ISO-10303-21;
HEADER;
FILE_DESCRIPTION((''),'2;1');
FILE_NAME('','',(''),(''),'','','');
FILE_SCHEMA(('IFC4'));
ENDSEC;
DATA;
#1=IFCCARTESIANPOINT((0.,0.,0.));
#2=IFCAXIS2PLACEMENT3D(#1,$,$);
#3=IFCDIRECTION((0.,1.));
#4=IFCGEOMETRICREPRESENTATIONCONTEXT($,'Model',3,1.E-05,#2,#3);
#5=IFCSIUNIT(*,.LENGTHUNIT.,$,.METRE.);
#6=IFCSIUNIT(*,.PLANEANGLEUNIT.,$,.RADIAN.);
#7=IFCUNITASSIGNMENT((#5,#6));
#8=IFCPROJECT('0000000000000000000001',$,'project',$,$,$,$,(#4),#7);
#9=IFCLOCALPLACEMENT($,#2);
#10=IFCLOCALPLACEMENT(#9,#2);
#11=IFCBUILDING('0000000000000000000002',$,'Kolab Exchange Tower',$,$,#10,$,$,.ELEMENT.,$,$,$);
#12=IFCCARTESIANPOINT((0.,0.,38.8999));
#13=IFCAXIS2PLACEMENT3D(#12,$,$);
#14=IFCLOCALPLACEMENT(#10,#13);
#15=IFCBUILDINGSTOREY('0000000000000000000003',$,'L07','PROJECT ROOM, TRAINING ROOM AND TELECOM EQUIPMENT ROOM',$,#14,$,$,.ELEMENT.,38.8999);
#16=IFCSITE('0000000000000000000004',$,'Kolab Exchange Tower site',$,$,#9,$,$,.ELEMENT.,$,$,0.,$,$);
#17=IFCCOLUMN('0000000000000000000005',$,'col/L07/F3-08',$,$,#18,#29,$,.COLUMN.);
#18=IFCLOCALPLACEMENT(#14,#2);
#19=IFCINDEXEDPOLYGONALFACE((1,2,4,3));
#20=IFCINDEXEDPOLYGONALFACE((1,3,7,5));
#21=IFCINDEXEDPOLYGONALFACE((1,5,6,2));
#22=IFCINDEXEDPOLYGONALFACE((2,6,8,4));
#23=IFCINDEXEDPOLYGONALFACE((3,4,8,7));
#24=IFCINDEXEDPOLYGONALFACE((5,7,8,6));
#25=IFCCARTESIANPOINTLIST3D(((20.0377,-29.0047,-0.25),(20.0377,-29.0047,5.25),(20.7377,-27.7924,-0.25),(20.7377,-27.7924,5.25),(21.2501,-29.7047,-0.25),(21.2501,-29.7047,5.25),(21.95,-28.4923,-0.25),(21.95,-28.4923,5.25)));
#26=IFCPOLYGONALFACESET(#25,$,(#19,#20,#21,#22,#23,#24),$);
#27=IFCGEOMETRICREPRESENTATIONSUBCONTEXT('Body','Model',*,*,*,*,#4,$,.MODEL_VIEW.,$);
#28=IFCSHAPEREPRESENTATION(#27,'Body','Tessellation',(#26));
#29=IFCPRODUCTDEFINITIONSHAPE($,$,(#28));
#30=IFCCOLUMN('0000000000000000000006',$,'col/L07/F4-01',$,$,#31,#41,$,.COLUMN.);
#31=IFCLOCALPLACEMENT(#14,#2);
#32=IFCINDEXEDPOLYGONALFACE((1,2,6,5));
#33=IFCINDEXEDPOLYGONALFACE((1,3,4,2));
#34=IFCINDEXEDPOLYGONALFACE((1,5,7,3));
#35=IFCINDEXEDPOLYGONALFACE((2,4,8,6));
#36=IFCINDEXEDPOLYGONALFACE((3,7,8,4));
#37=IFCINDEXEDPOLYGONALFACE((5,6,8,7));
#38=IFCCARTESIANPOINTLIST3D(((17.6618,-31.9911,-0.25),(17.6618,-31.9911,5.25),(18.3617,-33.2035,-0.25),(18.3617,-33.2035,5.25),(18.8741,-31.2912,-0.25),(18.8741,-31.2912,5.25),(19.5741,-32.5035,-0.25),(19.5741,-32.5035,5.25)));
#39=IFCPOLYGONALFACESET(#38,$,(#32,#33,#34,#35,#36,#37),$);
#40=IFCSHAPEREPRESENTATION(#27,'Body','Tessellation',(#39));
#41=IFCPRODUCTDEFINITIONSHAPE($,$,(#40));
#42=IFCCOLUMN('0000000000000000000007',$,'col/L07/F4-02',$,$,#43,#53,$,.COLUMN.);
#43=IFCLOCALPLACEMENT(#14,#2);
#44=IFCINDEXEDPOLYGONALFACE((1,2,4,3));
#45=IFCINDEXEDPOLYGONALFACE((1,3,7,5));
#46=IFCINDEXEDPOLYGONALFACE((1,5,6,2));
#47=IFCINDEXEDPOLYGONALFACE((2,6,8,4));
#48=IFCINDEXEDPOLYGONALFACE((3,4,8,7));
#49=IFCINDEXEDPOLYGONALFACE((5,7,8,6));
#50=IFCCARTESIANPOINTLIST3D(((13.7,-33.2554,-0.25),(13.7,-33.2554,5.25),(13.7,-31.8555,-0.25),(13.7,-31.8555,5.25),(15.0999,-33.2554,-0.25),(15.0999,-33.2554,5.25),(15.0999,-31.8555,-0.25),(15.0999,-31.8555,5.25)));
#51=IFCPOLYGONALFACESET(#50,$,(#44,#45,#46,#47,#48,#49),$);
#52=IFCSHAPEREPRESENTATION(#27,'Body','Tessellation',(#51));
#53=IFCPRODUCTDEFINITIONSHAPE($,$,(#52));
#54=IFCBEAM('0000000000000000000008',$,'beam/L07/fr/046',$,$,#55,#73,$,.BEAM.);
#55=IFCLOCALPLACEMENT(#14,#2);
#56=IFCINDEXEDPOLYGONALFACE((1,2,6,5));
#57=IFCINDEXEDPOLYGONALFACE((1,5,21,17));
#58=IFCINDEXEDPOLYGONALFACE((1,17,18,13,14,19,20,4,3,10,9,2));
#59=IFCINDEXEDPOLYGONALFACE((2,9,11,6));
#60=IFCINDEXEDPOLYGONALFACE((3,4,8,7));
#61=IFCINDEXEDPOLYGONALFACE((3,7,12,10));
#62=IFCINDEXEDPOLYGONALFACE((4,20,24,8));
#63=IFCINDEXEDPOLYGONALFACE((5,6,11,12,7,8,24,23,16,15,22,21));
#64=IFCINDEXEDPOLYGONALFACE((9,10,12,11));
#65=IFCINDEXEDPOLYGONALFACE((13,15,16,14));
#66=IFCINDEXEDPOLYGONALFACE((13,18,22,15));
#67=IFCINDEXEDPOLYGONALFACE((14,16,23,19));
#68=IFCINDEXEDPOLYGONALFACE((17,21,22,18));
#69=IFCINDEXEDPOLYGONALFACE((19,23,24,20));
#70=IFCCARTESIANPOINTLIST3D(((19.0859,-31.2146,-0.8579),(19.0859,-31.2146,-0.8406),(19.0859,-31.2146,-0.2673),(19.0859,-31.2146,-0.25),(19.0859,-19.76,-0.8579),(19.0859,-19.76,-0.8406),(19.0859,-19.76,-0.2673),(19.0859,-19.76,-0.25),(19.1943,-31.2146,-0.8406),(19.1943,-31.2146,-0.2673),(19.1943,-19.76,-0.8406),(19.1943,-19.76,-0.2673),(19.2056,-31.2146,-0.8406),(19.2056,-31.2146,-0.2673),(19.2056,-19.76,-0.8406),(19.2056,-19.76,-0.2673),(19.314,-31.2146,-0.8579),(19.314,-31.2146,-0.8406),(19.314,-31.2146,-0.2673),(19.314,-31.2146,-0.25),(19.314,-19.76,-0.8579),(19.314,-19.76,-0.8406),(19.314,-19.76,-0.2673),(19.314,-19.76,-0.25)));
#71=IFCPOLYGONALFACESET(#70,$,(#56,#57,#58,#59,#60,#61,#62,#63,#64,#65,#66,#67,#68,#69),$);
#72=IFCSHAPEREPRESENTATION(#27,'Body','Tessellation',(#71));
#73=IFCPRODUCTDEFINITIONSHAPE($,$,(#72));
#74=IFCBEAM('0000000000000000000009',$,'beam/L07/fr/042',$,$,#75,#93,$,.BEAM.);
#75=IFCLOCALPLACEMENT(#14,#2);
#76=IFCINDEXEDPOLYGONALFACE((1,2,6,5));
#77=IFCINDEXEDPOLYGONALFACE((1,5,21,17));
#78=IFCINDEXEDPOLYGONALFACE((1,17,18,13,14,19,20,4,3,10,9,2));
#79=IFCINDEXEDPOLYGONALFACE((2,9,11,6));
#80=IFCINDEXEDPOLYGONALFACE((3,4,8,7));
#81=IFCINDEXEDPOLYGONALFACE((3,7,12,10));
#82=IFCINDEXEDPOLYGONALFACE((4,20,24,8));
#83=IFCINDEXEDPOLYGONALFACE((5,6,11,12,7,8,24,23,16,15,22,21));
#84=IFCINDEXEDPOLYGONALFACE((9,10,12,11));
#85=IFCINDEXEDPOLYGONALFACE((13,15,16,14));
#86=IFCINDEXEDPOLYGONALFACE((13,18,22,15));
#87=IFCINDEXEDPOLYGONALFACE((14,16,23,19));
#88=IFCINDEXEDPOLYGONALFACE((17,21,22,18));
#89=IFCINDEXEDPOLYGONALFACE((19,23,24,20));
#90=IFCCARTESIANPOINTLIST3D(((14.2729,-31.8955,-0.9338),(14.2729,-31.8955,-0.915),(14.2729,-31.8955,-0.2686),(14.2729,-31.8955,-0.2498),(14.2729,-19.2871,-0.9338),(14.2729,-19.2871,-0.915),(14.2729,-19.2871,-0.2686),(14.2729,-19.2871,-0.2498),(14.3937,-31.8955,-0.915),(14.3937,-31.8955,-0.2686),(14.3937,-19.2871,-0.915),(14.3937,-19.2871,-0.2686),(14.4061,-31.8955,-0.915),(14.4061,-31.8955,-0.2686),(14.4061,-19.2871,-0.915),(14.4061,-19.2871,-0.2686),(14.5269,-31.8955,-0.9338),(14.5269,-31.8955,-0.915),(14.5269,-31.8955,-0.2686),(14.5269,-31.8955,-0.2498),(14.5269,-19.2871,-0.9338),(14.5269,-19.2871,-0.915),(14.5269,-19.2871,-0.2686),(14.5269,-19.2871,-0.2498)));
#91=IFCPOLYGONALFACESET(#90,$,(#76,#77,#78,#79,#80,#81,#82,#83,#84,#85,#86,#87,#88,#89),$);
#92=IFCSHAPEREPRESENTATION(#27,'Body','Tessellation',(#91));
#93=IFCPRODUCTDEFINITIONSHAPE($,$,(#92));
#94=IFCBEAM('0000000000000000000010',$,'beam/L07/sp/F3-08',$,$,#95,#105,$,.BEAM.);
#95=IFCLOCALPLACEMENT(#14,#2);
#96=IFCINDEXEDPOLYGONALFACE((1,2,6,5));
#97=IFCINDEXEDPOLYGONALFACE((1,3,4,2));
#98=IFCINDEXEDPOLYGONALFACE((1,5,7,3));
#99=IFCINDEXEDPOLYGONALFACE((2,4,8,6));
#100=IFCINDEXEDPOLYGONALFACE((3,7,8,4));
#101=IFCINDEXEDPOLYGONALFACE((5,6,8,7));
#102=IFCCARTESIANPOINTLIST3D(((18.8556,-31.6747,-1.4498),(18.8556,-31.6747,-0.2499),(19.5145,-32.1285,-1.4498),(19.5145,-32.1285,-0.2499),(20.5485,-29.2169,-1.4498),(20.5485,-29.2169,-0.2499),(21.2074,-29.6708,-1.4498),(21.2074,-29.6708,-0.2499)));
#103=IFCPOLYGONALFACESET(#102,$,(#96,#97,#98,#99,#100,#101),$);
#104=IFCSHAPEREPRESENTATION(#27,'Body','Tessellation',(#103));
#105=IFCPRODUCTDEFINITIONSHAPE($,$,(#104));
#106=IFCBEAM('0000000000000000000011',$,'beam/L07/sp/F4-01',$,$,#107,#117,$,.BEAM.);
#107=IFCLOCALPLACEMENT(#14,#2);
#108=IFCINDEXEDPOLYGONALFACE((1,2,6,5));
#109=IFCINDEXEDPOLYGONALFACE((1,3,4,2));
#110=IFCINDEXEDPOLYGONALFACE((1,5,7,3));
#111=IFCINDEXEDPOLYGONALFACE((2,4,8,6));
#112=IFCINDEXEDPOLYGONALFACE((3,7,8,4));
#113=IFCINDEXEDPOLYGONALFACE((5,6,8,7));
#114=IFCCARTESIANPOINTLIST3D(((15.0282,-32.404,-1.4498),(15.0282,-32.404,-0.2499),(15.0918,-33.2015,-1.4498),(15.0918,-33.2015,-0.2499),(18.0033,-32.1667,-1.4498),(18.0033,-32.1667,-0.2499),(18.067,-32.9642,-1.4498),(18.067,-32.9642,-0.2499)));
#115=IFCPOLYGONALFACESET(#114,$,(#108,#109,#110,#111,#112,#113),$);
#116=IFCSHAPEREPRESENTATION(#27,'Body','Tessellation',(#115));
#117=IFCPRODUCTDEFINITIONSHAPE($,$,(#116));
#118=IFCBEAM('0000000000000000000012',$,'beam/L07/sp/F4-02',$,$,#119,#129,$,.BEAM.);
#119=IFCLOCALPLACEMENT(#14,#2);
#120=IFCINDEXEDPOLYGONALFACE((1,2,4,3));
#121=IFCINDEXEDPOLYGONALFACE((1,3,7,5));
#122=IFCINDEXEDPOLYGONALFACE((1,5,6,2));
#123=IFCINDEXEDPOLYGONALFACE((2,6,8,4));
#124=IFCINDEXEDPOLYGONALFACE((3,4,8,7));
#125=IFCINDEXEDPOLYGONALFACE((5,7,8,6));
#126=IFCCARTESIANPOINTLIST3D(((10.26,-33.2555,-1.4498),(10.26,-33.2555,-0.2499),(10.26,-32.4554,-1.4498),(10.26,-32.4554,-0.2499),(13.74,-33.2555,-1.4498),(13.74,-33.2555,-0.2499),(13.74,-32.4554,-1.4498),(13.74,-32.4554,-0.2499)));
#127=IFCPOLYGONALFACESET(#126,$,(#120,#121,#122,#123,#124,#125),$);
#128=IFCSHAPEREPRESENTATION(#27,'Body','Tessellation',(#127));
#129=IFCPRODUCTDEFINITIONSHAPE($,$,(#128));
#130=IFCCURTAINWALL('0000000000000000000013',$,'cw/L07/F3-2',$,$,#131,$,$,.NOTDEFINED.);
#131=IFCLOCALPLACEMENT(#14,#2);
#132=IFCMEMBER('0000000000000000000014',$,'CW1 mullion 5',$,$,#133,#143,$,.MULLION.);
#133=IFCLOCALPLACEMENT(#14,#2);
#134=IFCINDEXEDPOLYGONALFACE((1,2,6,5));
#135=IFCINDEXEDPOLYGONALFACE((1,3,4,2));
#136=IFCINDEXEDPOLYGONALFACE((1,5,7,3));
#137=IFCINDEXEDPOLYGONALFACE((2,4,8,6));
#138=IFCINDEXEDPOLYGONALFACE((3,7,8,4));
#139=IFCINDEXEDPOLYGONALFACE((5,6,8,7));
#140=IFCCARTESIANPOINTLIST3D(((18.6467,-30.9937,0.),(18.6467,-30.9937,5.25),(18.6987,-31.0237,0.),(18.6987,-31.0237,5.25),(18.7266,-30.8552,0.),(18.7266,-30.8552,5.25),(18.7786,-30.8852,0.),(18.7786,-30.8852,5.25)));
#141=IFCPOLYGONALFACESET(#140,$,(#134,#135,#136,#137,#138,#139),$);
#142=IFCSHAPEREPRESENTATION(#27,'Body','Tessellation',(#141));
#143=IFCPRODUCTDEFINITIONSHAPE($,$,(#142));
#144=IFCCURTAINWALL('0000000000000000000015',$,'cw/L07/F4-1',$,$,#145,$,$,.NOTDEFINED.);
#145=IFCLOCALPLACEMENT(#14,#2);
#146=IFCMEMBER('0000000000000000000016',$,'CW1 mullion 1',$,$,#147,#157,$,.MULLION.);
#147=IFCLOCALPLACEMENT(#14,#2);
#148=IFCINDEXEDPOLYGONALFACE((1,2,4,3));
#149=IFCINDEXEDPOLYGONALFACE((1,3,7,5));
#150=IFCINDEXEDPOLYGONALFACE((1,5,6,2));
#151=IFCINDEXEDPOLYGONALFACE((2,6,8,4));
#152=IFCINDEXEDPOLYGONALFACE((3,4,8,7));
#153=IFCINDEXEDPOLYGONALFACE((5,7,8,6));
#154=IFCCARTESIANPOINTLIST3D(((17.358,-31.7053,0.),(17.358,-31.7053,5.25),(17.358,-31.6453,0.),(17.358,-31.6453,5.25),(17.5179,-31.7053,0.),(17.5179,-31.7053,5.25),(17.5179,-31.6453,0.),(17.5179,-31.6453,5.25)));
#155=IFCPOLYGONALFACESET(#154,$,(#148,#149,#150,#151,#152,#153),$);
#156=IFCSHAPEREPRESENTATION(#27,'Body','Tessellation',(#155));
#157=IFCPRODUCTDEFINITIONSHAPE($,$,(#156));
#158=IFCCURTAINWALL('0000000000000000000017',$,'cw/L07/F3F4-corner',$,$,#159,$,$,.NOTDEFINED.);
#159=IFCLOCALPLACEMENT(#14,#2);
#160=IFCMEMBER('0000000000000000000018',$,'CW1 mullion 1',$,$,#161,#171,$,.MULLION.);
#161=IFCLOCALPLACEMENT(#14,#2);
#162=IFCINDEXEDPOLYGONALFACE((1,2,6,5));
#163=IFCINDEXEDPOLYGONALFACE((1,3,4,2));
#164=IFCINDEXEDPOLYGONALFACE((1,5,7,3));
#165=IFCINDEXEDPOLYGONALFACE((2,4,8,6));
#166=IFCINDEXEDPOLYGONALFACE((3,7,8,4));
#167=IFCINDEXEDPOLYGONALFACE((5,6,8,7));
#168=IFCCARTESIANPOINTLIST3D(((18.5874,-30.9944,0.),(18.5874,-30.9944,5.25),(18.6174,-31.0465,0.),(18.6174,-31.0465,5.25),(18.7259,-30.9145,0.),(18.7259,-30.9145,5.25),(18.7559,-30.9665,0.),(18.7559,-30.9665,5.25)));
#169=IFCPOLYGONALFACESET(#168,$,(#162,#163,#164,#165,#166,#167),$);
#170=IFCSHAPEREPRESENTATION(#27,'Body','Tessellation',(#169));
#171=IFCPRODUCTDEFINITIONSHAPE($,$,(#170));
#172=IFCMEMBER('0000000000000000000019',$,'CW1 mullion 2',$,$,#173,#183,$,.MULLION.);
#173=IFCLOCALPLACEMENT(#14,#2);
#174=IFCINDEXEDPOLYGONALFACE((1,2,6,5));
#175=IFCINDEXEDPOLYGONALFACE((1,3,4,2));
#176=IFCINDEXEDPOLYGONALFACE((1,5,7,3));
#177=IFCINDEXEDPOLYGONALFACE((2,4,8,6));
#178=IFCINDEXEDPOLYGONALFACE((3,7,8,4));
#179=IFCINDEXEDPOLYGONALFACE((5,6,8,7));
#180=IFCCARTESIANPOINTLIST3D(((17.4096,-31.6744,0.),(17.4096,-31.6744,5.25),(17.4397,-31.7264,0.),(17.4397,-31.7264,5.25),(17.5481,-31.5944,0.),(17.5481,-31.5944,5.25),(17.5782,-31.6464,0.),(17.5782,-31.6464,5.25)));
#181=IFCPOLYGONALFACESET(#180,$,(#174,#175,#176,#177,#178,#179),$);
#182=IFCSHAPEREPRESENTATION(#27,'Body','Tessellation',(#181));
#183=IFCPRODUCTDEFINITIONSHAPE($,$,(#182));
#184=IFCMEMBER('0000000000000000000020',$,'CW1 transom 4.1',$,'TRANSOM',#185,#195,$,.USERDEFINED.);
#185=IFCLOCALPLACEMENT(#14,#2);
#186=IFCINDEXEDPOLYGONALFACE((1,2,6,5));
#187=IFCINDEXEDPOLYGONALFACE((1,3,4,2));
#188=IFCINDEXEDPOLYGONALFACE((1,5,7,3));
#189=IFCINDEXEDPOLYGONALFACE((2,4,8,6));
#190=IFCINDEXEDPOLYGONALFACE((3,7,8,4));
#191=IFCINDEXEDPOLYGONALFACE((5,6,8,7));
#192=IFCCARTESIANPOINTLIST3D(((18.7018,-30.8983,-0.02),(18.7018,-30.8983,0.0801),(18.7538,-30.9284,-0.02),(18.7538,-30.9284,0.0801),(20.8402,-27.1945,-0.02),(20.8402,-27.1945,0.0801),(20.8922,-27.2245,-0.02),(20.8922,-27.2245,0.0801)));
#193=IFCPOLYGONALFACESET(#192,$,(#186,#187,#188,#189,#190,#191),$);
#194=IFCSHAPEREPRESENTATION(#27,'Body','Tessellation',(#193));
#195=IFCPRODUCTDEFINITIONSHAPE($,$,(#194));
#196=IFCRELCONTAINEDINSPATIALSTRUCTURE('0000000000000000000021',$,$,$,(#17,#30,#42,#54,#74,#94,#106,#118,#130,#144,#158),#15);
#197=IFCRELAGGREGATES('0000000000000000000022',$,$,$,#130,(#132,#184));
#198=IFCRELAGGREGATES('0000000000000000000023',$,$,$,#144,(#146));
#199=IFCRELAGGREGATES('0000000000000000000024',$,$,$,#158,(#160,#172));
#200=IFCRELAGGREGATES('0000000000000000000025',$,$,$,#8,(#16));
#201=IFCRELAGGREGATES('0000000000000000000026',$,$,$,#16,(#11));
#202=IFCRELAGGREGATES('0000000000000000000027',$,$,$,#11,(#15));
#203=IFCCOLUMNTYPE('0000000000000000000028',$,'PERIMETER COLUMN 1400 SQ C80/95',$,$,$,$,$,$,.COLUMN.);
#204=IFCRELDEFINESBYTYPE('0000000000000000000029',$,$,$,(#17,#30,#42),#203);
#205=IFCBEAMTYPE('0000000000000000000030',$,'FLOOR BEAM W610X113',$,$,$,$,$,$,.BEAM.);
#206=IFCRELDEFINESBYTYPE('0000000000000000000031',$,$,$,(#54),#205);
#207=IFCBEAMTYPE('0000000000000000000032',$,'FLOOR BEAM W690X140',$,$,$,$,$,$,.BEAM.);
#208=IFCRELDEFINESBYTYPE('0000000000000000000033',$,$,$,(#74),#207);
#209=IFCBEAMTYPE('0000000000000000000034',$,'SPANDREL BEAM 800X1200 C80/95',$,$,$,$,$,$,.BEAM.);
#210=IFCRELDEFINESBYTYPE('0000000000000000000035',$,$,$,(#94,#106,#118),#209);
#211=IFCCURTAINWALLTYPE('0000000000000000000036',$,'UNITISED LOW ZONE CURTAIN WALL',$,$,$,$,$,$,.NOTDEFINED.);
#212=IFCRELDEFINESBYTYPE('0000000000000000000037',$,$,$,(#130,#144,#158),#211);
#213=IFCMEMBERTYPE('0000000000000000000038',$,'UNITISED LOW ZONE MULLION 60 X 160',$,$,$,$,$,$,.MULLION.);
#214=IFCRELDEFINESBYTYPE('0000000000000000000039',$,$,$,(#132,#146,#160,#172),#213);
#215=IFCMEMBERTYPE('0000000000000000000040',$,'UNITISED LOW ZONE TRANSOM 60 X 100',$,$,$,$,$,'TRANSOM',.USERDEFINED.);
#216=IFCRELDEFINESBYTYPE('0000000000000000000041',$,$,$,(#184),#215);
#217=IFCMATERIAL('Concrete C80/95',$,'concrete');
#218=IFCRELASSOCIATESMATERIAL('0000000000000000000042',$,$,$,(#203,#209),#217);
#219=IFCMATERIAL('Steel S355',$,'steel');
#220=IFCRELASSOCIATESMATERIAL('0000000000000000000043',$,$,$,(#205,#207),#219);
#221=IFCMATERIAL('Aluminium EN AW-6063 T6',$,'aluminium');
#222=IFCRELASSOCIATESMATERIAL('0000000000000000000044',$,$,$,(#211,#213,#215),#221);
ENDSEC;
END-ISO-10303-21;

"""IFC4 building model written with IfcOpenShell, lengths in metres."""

from ifc_helpers import new_model, si_unit, direction, frame, origin, origin_2d, place, context, subcontext, project, spatial, rectangle, i_section, extrude, material, material_profile, profile_set, type_object, element, aggregate, save


model = new_model("IFC4")

# Units and contexts
model_context = context("Model", 3, precision=1e-05, world=origin(), true_north=direction((0.0, 1.0)))
body_context = subcontext(model_context, "Body", "Model", "MODEL_VIEW")
ifc_project = project(units=[si_unit("LENGTHUNIT", "METRE"), si_unit("PLANEANGLEUNIT", "RADIAN")], contexts=[model_context])

# Site, building, storey
site_placement = place(None, origin())
site = spatial("IfcSite", under=ifc_project, at=site_placement, Name="Kolab Exchange Tower site", CompositionType="ELEMENT", RefElevation=0.0)
building_placement = place(site_placement, origin())
building = spatial("IfcBuilding", under=site, at=building_placement, Name="Kolab Exchange Tower", CompositionType="ELEMENT")
storey_placement = place(building_placement, frame((0.0, 0.0, 38.8999)))
storey = spatial("IfcBuildingStorey", under=building, at=storey_placement, Name="L07", Description="PROJECT ROOM, TRAINING ROOM AND TELECOM EQUIPMENT ROOM", CompositionType="ELEMENT", Elevation=38.8999)

# Columns
ifc_material_1 = material(Name="Concrete C80/95", Category="concrete")
ifc_material_profile_1 = material_profile(ifc_material_1, rectangle(XDim=1.3999, YDim=1.3999, at=origin_2d()), Name="RC1400")
ifc_profile_set_1 = profile_set([ifc_material_profile_1], Name="Concrete C80/95")
column_type = type_object("IfcColumnType", Name="PERIMETER COLUMN 1400 SQ C80/95", PredefinedType="COLUMN", material=ifc_profile_set_1)
for number, where, z_axis, x_axis, name in (
    (1, (20.9939, -28.7485, -0.25), (0.0, 0.0, 1.0), (0.5, 0.866025, 0.0), "col/L07/F3-08"),
    (2, (18.6179, -32.2473, -0.25), (0.0, 0.0, 1.0), (0.866025, 0.5, 0.0), "col/L07/F4-01"),
    (3, (14.3999, -32.5554, -0.25), (0.0, 0.0, 1.0), (1.0, 0.0, 0.0), "col/L07/F4-02"),
):
    element("IfcColumn", number, at=place(storey_placement, frame(where, z_axis=z_axis, x_axis=x_axis)), inside=storey, type_object=column_type, Name=name, PredefinedType="COLUMN", context=body_context, shape_type="SweptSolid", body=[
        extrude(rectangle(XDim=1.3999, YDim=1.3999, at=origin_2d()), origin(), (0.0, 0.0, 1.0), 5.5),
    ])

# Beams
ifc_material_2 = material(Name="Steel S355", Category="steel")
ifc_material_profile_2 = material_profile(ifc_material_2, i_section(OverallWidth=0.228, OverallDepth=0.6079, WebThickness=0.0112, FlangeThickness=0.0173, at=origin_2d()), Name="W610X113")
ifc_profile_set_2 = profile_set([ifc_material_profile_2], Name="Steel S355")
beam_type_1 = type_object("IfcBeamType", Name="FLOOR BEAM W610X113", PredefinedType="BEAM", material=ifc_profile_set_2)
beam_1_placement = place(storey_placement, frame((19.2, -31.2146, -0.554), z_axis=(0.0, 1.0, 0.0), x_axis=(-1.0, 0.0, 0.0)))
element("IfcBeam", 4, at=beam_1_placement, inside=storey, type_object=beam_type_1, Name="beam/L07/fr/046", PredefinedType="BEAM", context=body_context, shape_type="SweptSolid", body=[
    extrude(i_section(OverallWidth=0.228, OverallDepth=0.6079, WebThickness=0.0112, FlangeThickness=0.0173, at=origin_2d()), origin(), (0.0, 0.0, 1.0), 11.4546),
])
ifc_material_profile_3 = material_profile(ifc_material_2, i_section(OverallWidth=0.2539, OverallDepth=0.6841, WebThickness=0.0125, FlangeThickness=0.0188, at=origin_2d()), Name="W690X140")
ifc_profile_set_3 = profile_set([ifc_material_profile_3], Name="Steel S355")
beam_type_2 = type_object("IfcBeamType", Name="FLOOR BEAM W690X140", PredefinedType="BEAM", material=ifc_profile_set_3)
beam_2_placement = place(storey_placement, frame((14.3999, -31.8955, -0.5918), z_axis=(0.0, 1.0, 0.0), x_axis=(-1.0, 0.0, 0.0)))
element("IfcBeam", 5, at=beam_2_placement, inside=storey, type_object=beam_type_2, Name="beam/L07/fr/042", PredefinedType="BEAM", context=body_context, shape_type="SweptSolid", body=[
    extrude(i_section(OverallWidth=0.2539, OverallDepth=0.6841, WebThickness=0.0125, FlangeThickness=0.0188, at=origin_2d()), origin(), (0.0, 0.0, 1.0), 12.6084),
])
ifc_material_profile_4 = material_profile(ifc_material_1, rectangle(XDim=0.8, YDim=1.2, at=origin_2d()), Name="RC800X1200")
ifc_profile_set_4 = profile_set([ifc_material_profile_4], Name="Concrete C80/95")
beam_type_3 = type_object("IfcBeamType", Name="SPANDREL BEAM 800X1200 C80/95", PredefinedType="BEAM", material=ifc_profile_set_4)
beam_3_placement = place(storey_placement, frame((20.8779, -29.4438, -0.8499), z_axis=(-0.567247, -0.823548, 0.0), x_axis=(0.823548, -0.567247, 0.0)))
element("IfcBeam", 6, at=beam_3_placement, inside=storey, type_object=beam_type_3, Name="beam/L07/sp/F3-08", PredefinedType="BEAM", context=body_context, shape_type="SweptSolid", body=[
    extrude(rectangle(XDim=0.8, YDim=1.2, at=origin_2d()), origin(), (0.0, 0.0, 1.0), 2.9844),
])
beam_4_placement = place(storey_placement, frame((18.0352, -32.5654, -0.8499), z_axis=(-0.996834, -0.079511, 0.0), x_axis=(0.079511, -0.996834, 0.0)))
element("IfcBeam", 7, at=beam_4_placement, inside=storey, type_object=beam_type_3, Name="beam/L07/sp/F4-01", PredefinedType="BEAM", context=body_context, shape_type="SweptSolid", body=[
    extrude(rectangle(XDim=0.8, YDim=1.2, at=origin_2d()), origin(), (0.0, 0.0, 1.0), 2.9846),
])
beam_5_placement = place(storey_placement, frame((13.74, -32.8555, -0.8499), z_axis=(-1.0, 0.0, 0.0), x_axis=(0.0, -1.0, 0.0)))
element("IfcBeam", 8, at=beam_5_placement, inside=storey, type_object=beam_type_3, Name="beam/L07/sp/F4-02", PredefinedType="BEAM", context=body_context, shape_type="SweptSolid", body=[
    extrude(rectangle(XDim=0.8, YDim=1.2, at=origin_2d()), origin(), (0.0, 0.0, 1.0), 3.48),
])

# Curtain walls, members
ifc_material_3 = material(Name="Aluminium EN AW-6063 T6", Category="aluminium")
curtain_wall_type = type_object("IfcCurtainWallType", Name="UNITISED LOW ZONE CURTAIN WALL", PredefinedType="NOTDEFINED", material=ifc_material_3)
curtain_wall_1_placement = place(storey_placement, origin())
curtain_wall_1 = element("IfcCurtainWall", 9, at=curtain_wall_1_placement, inside=storey, type_object=curtain_wall_type, Name="cw/L07/F3-2", PredefinedType="NOTDEFINED")
ifc_material_profile_5 = material_profile(ifc_material_3, rectangle(XDim=0.0601, YDim=0.1599, at=origin_2d()), Name="RECT 60X160")
ifc_profile_set_5 = profile_set([ifc_material_profile_5], Name="Aluminium EN AW-6063 T6")
member_type_1 = type_object("IfcMemberType", Name="UNITISED LOW ZONE MULLION 60 X 160", PredefinedType="MULLION", material=ifc_profile_set_5)
member_1_placement = place(storey_placement, frame((18.7126, -30.9395, 0.0), z_axis=(0.0, 0.0, 1.0), x_axis=(0.866025, -0.5, 0.0)))
member_1 = element("IfcMember", 10, at=member_1_placement, type_object=member_type_1, Name="CW1 mullion 5", PredefinedType="MULLION", context=body_context, shape_type="SweptSolid", body=[
    extrude(rectangle(XDim=0.0601, YDim=0.1599, at=origin_2d()), origin(), (0.0, 0.0, 1.0), 5.25),
])
curtain_wall_2_placement = place(storey_placement, origin())
curtain_wall_2 = element("IfcCurtainWall", 11, at=curtain_wall_2_placement, inside=storey, type_object=curtain_wall_type, Name="cw/L07/F4-1", PredefinedType="NOTDEFINED")
member_2_placement = place(storey_placement, frame((17.438, -31.6753, 0.0), z_axis=(0.0, 0.0, 1.0), x_axis=(0.0, -1.0, 0.0)))
member_2 = element("IfcMember", 12, at=member_2_placement, type_object=member_type_1, Name="CW1 mullion 1", PredefinedType="MULLION", context=body_context, shape_type="SweptSolid", body=[
    extrude(rectangle(XDim=0.0601, YDim=0.1599, at=origin_2d()), origin(), (0.0, 0.0, 1.0), 5.25),
])

# Curtain wall, members
curtain_wall_3_placement = place(storey_placement, origin())
curtain_wall_3 = element("IfcCurtainWall", 13, at=curtain_wall_3_placement, inside=storey, type_object=curtain_wall_type, Name="cw/L07/F3F4-corner", PredefinedType="NOTDEFINED")
member_3_placement = place(storey_placement, frame((18.6716, -30.9805, 0.0), z_axis=(0.0, 0.0, 1.0), x_axis=(0.5, -0.866025, 0.0)))
member_3 = element("IfcMember", 14, at=member_3_placement, type_object=member_type_1, Name="CW1 mullion 1", PredefinedType="MULLION", context=body_context, shape_type="SweptSolid", body=[
    extrude(rectangle(XDim=0.0601, YDim=0.1599, at=origin_2d()), origin(), (0.0, 0.0, 1.0), 5.25),
])
member_4_placement = place(storey_placement, frame((17.4939, -31.6604, 0.0), z_axis=(0.0, 0.0, 1.0), x_axis=(0.5, -0.866025, 0.0)))
member_4 = element("IfcMember", 15, at=member_4_placement, type_object=member_type_1, Name="CW1 mullion 2", PredefinedType="MULLION", context=body_context, shape_type="SweptSolid", body=[
    extrude(rectangle(XDim=0.0601, YDim=0.1599, at=origin_2d()), origin(), (0.0, 0.0, 1.0), 5.25),
])

# Member
ifc_material_profile_6 = material_profile(ifc_material_3, rectangle(XDim=0.0601, YDim=0.1001, at=origin_2d()), Name="RECT 60X100")
ifc_profile_set_6 = profile_set([ifc_material_profile_6], Name="Aluminium EN AW-6063 T6")
member_type_2 = type_object("IfcMemberType", Name="UNITISED LOW ZONE TRANSOM 60 X 100", ElementType="TRANSOM", PredefinedType="USERDEFINED", material=ifc_profile_set_6)
member_5_placement = place(storey_placement, frame((20.8662, -27.2095, 0.03), z_axis=(-0.500001, -0.866025, 0.0), x_axis=(0.866025, -0.500001, 0.0)))
member_5 = element("IfcMember", 16, at=member_5_placement, type_object=member_type_2, Name="CW1 transom 4.1", ObjectType="TRANSOM", PredefinedType="USERDEFINED", context=body_context, shape_type="SweptSolid", body=[
    extrude(rectangle(XDim=0.0601, YDim=0.1001, at=origin_2d()), origin(), (0.0, 0.0, 1.0), 4.2769),
])

aggregate(curtain_wall_1, [member_1, member_5])
aggregate(curtain_wall_2, [member_2])
aggregate(curtain_wall_3, [member_3, member_4])

save(model, "model.ifc")
